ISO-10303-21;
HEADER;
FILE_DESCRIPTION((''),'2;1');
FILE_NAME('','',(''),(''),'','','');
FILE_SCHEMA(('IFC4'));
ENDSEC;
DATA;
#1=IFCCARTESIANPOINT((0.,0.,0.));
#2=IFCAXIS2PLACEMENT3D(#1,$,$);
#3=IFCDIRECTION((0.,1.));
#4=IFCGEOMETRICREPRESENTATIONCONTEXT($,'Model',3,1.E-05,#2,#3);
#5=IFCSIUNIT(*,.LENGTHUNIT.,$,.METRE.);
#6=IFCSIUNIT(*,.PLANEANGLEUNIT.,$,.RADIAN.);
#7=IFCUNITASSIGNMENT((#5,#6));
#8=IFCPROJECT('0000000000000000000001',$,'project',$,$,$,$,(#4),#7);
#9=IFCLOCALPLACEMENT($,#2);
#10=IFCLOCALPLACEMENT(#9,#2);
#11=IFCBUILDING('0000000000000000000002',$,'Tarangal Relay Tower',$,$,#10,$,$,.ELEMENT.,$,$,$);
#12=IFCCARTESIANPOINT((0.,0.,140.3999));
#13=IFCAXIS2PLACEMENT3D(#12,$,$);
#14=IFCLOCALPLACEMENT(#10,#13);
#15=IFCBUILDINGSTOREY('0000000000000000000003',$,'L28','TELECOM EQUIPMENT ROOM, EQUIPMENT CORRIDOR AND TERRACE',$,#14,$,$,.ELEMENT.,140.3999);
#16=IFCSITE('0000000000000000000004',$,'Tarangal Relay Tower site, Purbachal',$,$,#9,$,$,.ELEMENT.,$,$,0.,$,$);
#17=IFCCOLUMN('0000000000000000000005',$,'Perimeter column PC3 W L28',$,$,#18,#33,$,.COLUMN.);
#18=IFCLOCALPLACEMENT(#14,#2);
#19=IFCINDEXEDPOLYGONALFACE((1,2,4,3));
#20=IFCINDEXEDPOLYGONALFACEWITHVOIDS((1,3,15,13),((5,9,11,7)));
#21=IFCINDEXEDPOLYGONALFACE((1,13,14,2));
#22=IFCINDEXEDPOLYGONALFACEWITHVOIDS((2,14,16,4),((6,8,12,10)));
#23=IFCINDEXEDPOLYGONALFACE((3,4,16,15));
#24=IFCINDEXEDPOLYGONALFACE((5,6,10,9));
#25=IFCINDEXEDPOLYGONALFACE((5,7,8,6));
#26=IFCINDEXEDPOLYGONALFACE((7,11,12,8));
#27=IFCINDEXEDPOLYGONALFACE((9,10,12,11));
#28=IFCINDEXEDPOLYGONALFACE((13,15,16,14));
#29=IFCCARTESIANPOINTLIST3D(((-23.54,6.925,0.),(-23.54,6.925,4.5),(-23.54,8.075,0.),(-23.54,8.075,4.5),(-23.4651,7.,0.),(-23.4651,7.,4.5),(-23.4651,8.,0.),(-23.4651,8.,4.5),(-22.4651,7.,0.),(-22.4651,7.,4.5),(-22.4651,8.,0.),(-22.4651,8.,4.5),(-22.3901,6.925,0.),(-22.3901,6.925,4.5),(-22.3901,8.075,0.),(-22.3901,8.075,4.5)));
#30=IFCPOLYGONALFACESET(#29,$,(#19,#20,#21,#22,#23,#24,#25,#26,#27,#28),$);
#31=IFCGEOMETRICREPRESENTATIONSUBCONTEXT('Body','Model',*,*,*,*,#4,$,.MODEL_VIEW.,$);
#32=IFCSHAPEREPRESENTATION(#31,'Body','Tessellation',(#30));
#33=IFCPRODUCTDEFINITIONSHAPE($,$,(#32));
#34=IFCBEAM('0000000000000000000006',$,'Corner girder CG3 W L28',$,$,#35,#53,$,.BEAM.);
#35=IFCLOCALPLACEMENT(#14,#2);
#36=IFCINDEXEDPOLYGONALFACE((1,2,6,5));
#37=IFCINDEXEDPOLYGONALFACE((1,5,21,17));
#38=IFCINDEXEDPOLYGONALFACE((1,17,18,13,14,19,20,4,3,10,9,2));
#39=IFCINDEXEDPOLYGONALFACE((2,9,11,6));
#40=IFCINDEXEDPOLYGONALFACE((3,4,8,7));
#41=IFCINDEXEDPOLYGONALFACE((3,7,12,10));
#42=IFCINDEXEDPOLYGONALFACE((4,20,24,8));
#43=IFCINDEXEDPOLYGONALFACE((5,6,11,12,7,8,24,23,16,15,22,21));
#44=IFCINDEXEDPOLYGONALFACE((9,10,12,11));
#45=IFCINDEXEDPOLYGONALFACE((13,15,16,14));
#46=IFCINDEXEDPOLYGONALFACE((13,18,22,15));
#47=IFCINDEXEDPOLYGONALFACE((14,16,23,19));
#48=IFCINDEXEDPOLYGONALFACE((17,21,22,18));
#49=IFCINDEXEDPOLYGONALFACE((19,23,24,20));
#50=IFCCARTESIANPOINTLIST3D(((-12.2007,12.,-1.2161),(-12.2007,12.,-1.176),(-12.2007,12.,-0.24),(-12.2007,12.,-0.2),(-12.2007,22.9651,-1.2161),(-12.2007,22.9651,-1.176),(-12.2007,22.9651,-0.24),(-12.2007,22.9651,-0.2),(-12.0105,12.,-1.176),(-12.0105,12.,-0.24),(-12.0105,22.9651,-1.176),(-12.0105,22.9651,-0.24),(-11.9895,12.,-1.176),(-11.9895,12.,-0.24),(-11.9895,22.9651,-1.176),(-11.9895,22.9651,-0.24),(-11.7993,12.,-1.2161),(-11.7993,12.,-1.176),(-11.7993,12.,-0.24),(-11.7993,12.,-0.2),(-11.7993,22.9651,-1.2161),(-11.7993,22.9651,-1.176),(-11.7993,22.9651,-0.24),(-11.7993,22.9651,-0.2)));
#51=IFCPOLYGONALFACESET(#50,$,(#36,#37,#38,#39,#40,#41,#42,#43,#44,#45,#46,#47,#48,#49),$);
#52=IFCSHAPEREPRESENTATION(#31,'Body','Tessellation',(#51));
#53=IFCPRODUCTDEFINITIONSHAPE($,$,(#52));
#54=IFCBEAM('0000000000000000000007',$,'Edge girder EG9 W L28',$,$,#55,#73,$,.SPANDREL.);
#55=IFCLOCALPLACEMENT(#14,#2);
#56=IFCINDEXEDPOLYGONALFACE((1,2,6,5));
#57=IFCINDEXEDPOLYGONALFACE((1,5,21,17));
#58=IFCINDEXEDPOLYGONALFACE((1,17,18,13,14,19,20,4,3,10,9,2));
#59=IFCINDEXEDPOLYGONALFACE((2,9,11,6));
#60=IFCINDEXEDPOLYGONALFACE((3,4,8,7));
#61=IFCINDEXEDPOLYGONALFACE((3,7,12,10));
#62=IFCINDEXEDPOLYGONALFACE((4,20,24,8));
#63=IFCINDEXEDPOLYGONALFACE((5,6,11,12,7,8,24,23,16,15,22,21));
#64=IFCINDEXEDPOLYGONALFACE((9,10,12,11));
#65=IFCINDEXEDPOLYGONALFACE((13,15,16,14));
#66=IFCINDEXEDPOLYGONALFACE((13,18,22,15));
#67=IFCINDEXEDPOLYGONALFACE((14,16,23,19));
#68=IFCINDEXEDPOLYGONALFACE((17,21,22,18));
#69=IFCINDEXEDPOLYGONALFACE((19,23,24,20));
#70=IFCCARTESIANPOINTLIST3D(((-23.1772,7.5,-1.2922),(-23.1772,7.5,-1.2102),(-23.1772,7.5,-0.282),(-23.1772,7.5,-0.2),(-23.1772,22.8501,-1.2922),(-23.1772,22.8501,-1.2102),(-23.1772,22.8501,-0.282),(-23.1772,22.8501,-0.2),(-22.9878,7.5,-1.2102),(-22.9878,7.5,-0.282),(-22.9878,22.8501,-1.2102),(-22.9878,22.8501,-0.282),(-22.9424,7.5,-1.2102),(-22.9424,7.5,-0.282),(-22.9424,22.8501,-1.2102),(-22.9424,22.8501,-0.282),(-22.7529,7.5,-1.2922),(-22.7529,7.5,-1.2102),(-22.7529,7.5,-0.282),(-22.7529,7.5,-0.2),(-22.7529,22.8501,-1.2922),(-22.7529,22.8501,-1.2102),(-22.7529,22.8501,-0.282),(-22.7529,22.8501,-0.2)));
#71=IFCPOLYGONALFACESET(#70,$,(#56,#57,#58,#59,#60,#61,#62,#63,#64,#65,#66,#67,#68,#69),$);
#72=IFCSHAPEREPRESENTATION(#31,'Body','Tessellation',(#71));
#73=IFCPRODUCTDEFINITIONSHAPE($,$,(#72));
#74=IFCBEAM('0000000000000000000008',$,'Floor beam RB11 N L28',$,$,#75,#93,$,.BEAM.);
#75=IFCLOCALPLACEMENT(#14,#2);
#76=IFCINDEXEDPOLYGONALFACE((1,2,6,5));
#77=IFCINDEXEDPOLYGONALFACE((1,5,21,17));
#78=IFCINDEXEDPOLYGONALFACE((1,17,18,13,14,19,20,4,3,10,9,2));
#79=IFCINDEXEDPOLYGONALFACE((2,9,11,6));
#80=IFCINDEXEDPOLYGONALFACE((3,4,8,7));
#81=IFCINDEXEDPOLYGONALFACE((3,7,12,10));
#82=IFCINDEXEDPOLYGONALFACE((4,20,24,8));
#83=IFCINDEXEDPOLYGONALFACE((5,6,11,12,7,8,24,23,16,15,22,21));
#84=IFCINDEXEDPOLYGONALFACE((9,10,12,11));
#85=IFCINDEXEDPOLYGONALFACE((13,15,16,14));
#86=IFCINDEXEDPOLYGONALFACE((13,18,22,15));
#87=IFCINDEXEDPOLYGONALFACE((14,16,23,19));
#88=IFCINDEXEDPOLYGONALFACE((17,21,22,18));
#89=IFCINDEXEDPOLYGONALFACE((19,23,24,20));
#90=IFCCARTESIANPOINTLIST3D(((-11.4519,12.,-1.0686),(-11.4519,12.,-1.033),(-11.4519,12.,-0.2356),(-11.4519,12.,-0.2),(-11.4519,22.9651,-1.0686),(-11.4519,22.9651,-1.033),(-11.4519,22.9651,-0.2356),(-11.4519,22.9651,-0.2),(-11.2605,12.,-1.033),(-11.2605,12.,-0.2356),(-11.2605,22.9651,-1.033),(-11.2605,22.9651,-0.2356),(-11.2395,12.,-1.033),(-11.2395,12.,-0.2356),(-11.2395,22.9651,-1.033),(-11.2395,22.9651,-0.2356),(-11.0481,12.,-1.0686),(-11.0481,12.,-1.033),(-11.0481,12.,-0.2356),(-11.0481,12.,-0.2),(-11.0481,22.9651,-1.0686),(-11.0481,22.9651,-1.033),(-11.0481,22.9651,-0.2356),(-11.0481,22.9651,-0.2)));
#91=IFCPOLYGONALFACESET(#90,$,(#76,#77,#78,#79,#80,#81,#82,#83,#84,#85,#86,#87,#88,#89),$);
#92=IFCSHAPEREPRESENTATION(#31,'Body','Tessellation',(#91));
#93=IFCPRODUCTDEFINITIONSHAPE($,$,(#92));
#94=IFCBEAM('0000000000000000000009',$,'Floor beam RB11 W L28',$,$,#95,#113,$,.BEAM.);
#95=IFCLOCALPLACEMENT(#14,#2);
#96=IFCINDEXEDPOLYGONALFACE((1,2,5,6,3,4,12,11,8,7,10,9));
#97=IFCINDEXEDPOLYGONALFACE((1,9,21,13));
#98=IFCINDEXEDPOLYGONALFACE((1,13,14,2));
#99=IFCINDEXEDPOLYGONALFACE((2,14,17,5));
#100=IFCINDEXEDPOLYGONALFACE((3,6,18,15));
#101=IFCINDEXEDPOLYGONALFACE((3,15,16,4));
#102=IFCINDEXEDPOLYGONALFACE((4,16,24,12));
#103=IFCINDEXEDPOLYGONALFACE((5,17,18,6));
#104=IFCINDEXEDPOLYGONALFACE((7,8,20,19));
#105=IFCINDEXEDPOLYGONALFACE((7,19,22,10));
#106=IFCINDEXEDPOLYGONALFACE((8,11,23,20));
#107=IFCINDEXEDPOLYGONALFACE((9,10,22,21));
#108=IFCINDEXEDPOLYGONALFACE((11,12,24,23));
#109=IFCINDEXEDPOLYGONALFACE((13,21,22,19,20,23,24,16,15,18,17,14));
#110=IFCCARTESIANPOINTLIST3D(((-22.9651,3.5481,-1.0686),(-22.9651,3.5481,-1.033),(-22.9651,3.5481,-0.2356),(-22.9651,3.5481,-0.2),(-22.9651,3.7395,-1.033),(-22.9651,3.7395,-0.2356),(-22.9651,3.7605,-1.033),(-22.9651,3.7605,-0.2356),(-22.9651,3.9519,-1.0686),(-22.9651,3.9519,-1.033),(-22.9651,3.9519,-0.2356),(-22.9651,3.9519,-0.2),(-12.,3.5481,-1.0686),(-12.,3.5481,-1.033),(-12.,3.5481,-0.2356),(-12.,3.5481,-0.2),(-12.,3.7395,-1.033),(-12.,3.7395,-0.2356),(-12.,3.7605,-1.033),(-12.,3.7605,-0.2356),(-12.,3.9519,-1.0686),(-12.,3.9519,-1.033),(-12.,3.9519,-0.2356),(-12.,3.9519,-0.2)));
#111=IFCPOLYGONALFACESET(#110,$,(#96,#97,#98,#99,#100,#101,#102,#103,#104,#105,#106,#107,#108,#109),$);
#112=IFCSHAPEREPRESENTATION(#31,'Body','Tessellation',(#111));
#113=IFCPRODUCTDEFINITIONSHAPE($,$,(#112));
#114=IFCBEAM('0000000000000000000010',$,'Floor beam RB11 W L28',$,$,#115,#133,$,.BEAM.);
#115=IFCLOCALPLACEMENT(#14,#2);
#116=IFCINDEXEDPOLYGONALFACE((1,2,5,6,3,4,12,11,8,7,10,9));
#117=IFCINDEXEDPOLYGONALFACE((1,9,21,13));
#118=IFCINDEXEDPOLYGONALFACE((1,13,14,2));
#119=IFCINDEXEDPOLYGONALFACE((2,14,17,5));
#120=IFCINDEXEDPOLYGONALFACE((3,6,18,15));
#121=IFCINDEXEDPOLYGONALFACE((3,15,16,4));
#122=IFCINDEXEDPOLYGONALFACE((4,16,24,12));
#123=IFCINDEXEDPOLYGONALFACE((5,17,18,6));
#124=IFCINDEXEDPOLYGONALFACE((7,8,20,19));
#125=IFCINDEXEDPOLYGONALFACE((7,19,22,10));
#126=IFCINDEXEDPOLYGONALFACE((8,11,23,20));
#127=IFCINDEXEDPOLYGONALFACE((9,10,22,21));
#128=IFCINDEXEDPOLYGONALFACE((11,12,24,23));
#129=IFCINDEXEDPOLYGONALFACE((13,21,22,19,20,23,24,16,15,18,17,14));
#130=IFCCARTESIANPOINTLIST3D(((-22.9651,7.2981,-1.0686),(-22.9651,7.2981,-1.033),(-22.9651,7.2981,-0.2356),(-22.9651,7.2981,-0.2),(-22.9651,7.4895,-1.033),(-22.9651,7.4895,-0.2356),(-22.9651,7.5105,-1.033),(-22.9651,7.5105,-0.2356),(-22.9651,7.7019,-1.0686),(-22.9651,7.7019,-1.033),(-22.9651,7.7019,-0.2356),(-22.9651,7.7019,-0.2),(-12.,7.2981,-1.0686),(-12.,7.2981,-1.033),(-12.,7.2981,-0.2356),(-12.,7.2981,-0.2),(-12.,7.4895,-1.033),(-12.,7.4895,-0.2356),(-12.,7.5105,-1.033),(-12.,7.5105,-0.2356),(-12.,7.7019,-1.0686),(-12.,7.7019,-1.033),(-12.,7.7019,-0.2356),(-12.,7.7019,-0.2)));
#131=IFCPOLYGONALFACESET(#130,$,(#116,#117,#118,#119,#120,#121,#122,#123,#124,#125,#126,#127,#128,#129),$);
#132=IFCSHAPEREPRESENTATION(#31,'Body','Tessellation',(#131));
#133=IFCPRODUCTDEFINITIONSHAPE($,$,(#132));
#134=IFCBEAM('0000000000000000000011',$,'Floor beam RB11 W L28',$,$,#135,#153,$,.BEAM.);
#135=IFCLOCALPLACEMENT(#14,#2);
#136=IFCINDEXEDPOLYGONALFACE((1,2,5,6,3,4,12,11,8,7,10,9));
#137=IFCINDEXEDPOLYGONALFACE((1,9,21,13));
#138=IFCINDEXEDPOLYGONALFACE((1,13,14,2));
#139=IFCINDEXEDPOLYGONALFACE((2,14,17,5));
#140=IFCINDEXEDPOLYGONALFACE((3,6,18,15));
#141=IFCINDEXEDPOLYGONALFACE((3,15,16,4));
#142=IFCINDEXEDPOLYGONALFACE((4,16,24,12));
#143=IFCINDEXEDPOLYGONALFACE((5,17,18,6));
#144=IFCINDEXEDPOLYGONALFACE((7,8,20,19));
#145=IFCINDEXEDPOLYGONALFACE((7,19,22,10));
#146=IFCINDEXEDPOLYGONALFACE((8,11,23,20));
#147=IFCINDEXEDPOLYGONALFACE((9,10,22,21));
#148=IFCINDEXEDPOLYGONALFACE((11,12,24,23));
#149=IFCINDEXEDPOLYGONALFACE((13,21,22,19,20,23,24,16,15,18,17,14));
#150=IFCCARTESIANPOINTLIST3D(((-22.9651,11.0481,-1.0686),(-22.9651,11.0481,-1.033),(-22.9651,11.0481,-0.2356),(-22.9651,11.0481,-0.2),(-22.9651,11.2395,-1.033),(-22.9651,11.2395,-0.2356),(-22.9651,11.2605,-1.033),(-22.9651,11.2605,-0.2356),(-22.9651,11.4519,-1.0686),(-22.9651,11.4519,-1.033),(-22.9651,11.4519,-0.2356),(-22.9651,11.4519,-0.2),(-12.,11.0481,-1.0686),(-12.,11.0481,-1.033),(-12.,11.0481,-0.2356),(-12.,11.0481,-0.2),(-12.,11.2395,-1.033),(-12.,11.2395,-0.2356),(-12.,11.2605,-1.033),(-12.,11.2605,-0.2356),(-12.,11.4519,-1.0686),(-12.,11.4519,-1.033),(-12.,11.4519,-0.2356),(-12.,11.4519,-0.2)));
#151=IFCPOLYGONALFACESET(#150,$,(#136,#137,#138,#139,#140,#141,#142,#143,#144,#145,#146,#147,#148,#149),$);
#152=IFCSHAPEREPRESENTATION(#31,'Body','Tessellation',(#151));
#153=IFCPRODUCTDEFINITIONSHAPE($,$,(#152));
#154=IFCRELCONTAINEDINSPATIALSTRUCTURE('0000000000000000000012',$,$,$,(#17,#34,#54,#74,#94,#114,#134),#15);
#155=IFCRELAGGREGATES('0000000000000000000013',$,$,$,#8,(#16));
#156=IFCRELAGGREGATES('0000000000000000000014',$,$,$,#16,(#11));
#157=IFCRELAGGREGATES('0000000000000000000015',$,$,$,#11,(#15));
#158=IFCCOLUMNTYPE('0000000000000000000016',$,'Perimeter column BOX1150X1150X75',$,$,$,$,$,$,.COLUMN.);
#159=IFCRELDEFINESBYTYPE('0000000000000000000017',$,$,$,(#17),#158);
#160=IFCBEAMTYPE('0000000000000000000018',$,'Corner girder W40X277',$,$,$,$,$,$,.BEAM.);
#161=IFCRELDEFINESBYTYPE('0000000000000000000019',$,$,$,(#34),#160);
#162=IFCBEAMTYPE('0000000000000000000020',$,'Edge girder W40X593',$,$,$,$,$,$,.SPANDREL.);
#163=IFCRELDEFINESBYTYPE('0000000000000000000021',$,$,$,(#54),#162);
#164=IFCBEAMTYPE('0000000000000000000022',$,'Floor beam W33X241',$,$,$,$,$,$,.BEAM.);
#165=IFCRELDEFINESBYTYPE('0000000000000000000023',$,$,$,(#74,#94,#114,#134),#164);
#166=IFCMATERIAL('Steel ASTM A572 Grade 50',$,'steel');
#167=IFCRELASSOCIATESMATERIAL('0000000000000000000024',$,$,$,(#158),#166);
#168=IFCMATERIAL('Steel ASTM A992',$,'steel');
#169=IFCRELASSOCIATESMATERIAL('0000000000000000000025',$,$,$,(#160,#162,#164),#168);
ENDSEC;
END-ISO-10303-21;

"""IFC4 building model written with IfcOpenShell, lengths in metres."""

from ifc_helpers import new_model, si_unit, direction, frame, origin, origin_2d, place, context, subcontext, project, spatial, hollow_rectangle, i_section, extrude, material, material_profile, profile_set, type_object, element, save


model = new_model("IFC4")

# Units and contexts
model_context = context("Model", 3, precision=1e-05, world=origin(), true_north=direction((0.0, 1.0)))
body_context = subcontext(model_context, "Body", "Model", "MODEL_VIEW")
ifc_project = project(units=[si_unit("LENGTHUNIT", "METRE"), si_unit("PLANEANGLEUNIT", "RADIAN")], contexts=[model_context])

# Site, building, storey
site_placement = place(None, origin())
site = spatial("IfcSite", under=ifc_project, at=site_placement, Name="Tarangal Relay Tower site, Purbachal", CompositionType="ELEMENT", RefElevation=0.0)
building_placement = place(site_placement, origin())
building = spatial("IfcBuilding", under=site, at=building_placement, Name="Tarangal Relay Tower", CompositionType="ELEMENT")
storey_placement = place(building_placement, frame((0.0, 0.0, 140.3999)))
storey = spatial("IfcBuildingStorey", under=building, at=storey_placement, Name="L28", Description="TELECOM EQUIPMENT ROOM, EQUIPMENT CORRIDOR AND TERRACE", CompositionType="ELEMENT", Elevation=140.3999)

# Column
ifc_material_1 = material(Name="Steel ASTM A572 Grade 50", Category="steel")
ifc_material_profile_1 = material_profile(ifc_material_1, hollow_rectangle(XDim=1.1499, YDim=1.1499, WallThickness=0.075, at=origin_2d()), Name="BOX1150X1150X75")
ifc_profile_set_1 = profile_set([ifc_material_profile_1], Name="Steel ASTM A572 Grade 50")
column_type = type_object("IfcColumnType", Name="Perimeter column BOX1150X1150X75", PredefinedType="COLUMN", material=ifc_profile_set_1)
column_placement = place(storey_placement, frame((-22.9651, 7.5, 0.0), z_axis=(0.0, 0.0, 1.0), x_axis=(1.0, 0.0, 0.0)))
element("IfcColumn", 1, at=column_placement, inside=storey, type_object=column_type, Name="Perimeter column PC3 W L28", PredefinedType="COLUMN", context=body_context, shape_type="SweptSolid", body=[
    extrude(hollow_rectangle(XDim=1.1499, YDim=1.1499, WallThickness=0.075, at=origin_2d()), origin(), (0.0, 0.0, 1.0), 4.5),
])

# Beams
ifc_material_2 = material(Name="Steel ASTM A992", Category="steel")
ifc_material_profile_2 = material_profile(ifc_material_2, i_section(OverallWidth=0.4014, OverallDepth=1.0161, WebThickness=0.021, FlangeThickness=0.04, at=origin_2d()), Name="W40X277")
ifc_profile_set_2 = profile_set([ifc_material_profile_2], Name="Steel ASTM A992")
beam_type_1 = type_object("IfcBeamType", Name="Corner girder W40X277", PredefinedType="BEAM", material=ifc_profile_set_2)
beam_1_placement = place(storey_placement, frame((-12.0, 12.0, -0.708), z_axis=(0.0, 1.0, 0.0), x_axis=(-1.0, 0.0, 0.0)))
element("IfcBeam", 2, at=beam_1_placement, inside=storey, type_object=beam_type_1, Name="Corner girder CG3 W L28", PredefinedType="BEAM", context=body_context, shape_type="SweptSolid", body=[
    extrude(i_section(OverallWidth=0.4014, OverallDepth=1.0161, WebThickness=0.021, FlangeThickness=0.04, at=origin_2d()), origin(), (0.0, 0.0, 1.0), 10.9651),
])
ifc_material_profile_3 = material_profile(ifc_material_2, i_section(OverallWidth=0.4243, OverallDepth=1.0923, WebThickness=0.0454, FlangeThickness=0.082, at=origin_2d()), Name="W40X593")
ifc_profile_set_3 = profile_set([ifc_material_profile_3], Name="Steel ASTM A992")
beam_type_2 = type_object("IfcBeamType", Name="Edge girder W40X593", PredefinedType="SPANDREL", material=ifc_profile_set_3)
beam_2_placement = place(storey_placement, frame((-22.9651, 7.5, -0.7461), z_axis=(0.0, 1.0, 0.0), x_axis=(-1.0, 0.0, 0.0)))
element("IfcBeam", 3, at=beam_2_placement, inside=storey, type_object=beam_type_2, Name="Edge girder EG9 W L28", PredefinedType="SPANDREL", context=body_context, shape_type="SweptSolid", body=[
    extrude(i_section(OverallWidth=0.4243, OverallDepth=1.0923, WebThickness=0.0454, FlangeThickness=0.082, at=origin_2d()), origin(), (0.0, 0.0, 1.0), 15.3501),
])
ifc_material_profile_4 = material_profile(ifc_material_2, i_section(OverallWidth=0.4038, OverallDepth=0.8687, WebThickness=0.021, FlangeThickness=0.0356, at=origin_2d()), Name="W33X241")
ifc_profile_set_4 = profile_set([ifc_material_profile_4], Name="Steel ASTM A992")
beam_type_3 = type_object("IfcBeamType", Name="Floor beam W33X241", PredefinedType="BEAM", material=ifc_profile_set_4)
for number, where, z_axis, x_axis, name in (
    (4, (-11.25, 12.0, -0.6343), (0.0, 1.0, 0.0), (-1.0, 0.0, 0.0), "Floor beam RB11 N L28"),
    (5, (-12.0, 3.75, -0.6343), (-1.0, 0.0, 0.0), (0.0, -1.0, 0.0), "Floor beam RB11 W L28"),
    (6, (-12.0, 7.5, -0.6343), (-1.0, 0.0, 0.0), (0.0, -1.0, 0.0), "Floor beam RB11 W L28"),
    (7, (-12.0, 11.25, -0.6343), (-1.0, 0.0, 0.0), (0.0, -1.0, 0.0), "Floor beam RB11 W L28"),
):
    element("IfcBeam", number, at=place(storey_placement, frame(where, z_axis=z_axis, x_axis=x_axis)), inside=storey, type_object=beam_type_3, Name=name, PredefinedType="BEAM", context=body_context, shape_type="SweptSolid", body=[
        extrude(i_section(OverallWidth=0.4038, OverallDepth=0.8687, WebThickness=0.021, FlangeThickness=0.0356, at=origin_2d()), origin(), (0.0, 0.0, 1.0), 10.9651),
    ])

save(model, "model.ifc")
